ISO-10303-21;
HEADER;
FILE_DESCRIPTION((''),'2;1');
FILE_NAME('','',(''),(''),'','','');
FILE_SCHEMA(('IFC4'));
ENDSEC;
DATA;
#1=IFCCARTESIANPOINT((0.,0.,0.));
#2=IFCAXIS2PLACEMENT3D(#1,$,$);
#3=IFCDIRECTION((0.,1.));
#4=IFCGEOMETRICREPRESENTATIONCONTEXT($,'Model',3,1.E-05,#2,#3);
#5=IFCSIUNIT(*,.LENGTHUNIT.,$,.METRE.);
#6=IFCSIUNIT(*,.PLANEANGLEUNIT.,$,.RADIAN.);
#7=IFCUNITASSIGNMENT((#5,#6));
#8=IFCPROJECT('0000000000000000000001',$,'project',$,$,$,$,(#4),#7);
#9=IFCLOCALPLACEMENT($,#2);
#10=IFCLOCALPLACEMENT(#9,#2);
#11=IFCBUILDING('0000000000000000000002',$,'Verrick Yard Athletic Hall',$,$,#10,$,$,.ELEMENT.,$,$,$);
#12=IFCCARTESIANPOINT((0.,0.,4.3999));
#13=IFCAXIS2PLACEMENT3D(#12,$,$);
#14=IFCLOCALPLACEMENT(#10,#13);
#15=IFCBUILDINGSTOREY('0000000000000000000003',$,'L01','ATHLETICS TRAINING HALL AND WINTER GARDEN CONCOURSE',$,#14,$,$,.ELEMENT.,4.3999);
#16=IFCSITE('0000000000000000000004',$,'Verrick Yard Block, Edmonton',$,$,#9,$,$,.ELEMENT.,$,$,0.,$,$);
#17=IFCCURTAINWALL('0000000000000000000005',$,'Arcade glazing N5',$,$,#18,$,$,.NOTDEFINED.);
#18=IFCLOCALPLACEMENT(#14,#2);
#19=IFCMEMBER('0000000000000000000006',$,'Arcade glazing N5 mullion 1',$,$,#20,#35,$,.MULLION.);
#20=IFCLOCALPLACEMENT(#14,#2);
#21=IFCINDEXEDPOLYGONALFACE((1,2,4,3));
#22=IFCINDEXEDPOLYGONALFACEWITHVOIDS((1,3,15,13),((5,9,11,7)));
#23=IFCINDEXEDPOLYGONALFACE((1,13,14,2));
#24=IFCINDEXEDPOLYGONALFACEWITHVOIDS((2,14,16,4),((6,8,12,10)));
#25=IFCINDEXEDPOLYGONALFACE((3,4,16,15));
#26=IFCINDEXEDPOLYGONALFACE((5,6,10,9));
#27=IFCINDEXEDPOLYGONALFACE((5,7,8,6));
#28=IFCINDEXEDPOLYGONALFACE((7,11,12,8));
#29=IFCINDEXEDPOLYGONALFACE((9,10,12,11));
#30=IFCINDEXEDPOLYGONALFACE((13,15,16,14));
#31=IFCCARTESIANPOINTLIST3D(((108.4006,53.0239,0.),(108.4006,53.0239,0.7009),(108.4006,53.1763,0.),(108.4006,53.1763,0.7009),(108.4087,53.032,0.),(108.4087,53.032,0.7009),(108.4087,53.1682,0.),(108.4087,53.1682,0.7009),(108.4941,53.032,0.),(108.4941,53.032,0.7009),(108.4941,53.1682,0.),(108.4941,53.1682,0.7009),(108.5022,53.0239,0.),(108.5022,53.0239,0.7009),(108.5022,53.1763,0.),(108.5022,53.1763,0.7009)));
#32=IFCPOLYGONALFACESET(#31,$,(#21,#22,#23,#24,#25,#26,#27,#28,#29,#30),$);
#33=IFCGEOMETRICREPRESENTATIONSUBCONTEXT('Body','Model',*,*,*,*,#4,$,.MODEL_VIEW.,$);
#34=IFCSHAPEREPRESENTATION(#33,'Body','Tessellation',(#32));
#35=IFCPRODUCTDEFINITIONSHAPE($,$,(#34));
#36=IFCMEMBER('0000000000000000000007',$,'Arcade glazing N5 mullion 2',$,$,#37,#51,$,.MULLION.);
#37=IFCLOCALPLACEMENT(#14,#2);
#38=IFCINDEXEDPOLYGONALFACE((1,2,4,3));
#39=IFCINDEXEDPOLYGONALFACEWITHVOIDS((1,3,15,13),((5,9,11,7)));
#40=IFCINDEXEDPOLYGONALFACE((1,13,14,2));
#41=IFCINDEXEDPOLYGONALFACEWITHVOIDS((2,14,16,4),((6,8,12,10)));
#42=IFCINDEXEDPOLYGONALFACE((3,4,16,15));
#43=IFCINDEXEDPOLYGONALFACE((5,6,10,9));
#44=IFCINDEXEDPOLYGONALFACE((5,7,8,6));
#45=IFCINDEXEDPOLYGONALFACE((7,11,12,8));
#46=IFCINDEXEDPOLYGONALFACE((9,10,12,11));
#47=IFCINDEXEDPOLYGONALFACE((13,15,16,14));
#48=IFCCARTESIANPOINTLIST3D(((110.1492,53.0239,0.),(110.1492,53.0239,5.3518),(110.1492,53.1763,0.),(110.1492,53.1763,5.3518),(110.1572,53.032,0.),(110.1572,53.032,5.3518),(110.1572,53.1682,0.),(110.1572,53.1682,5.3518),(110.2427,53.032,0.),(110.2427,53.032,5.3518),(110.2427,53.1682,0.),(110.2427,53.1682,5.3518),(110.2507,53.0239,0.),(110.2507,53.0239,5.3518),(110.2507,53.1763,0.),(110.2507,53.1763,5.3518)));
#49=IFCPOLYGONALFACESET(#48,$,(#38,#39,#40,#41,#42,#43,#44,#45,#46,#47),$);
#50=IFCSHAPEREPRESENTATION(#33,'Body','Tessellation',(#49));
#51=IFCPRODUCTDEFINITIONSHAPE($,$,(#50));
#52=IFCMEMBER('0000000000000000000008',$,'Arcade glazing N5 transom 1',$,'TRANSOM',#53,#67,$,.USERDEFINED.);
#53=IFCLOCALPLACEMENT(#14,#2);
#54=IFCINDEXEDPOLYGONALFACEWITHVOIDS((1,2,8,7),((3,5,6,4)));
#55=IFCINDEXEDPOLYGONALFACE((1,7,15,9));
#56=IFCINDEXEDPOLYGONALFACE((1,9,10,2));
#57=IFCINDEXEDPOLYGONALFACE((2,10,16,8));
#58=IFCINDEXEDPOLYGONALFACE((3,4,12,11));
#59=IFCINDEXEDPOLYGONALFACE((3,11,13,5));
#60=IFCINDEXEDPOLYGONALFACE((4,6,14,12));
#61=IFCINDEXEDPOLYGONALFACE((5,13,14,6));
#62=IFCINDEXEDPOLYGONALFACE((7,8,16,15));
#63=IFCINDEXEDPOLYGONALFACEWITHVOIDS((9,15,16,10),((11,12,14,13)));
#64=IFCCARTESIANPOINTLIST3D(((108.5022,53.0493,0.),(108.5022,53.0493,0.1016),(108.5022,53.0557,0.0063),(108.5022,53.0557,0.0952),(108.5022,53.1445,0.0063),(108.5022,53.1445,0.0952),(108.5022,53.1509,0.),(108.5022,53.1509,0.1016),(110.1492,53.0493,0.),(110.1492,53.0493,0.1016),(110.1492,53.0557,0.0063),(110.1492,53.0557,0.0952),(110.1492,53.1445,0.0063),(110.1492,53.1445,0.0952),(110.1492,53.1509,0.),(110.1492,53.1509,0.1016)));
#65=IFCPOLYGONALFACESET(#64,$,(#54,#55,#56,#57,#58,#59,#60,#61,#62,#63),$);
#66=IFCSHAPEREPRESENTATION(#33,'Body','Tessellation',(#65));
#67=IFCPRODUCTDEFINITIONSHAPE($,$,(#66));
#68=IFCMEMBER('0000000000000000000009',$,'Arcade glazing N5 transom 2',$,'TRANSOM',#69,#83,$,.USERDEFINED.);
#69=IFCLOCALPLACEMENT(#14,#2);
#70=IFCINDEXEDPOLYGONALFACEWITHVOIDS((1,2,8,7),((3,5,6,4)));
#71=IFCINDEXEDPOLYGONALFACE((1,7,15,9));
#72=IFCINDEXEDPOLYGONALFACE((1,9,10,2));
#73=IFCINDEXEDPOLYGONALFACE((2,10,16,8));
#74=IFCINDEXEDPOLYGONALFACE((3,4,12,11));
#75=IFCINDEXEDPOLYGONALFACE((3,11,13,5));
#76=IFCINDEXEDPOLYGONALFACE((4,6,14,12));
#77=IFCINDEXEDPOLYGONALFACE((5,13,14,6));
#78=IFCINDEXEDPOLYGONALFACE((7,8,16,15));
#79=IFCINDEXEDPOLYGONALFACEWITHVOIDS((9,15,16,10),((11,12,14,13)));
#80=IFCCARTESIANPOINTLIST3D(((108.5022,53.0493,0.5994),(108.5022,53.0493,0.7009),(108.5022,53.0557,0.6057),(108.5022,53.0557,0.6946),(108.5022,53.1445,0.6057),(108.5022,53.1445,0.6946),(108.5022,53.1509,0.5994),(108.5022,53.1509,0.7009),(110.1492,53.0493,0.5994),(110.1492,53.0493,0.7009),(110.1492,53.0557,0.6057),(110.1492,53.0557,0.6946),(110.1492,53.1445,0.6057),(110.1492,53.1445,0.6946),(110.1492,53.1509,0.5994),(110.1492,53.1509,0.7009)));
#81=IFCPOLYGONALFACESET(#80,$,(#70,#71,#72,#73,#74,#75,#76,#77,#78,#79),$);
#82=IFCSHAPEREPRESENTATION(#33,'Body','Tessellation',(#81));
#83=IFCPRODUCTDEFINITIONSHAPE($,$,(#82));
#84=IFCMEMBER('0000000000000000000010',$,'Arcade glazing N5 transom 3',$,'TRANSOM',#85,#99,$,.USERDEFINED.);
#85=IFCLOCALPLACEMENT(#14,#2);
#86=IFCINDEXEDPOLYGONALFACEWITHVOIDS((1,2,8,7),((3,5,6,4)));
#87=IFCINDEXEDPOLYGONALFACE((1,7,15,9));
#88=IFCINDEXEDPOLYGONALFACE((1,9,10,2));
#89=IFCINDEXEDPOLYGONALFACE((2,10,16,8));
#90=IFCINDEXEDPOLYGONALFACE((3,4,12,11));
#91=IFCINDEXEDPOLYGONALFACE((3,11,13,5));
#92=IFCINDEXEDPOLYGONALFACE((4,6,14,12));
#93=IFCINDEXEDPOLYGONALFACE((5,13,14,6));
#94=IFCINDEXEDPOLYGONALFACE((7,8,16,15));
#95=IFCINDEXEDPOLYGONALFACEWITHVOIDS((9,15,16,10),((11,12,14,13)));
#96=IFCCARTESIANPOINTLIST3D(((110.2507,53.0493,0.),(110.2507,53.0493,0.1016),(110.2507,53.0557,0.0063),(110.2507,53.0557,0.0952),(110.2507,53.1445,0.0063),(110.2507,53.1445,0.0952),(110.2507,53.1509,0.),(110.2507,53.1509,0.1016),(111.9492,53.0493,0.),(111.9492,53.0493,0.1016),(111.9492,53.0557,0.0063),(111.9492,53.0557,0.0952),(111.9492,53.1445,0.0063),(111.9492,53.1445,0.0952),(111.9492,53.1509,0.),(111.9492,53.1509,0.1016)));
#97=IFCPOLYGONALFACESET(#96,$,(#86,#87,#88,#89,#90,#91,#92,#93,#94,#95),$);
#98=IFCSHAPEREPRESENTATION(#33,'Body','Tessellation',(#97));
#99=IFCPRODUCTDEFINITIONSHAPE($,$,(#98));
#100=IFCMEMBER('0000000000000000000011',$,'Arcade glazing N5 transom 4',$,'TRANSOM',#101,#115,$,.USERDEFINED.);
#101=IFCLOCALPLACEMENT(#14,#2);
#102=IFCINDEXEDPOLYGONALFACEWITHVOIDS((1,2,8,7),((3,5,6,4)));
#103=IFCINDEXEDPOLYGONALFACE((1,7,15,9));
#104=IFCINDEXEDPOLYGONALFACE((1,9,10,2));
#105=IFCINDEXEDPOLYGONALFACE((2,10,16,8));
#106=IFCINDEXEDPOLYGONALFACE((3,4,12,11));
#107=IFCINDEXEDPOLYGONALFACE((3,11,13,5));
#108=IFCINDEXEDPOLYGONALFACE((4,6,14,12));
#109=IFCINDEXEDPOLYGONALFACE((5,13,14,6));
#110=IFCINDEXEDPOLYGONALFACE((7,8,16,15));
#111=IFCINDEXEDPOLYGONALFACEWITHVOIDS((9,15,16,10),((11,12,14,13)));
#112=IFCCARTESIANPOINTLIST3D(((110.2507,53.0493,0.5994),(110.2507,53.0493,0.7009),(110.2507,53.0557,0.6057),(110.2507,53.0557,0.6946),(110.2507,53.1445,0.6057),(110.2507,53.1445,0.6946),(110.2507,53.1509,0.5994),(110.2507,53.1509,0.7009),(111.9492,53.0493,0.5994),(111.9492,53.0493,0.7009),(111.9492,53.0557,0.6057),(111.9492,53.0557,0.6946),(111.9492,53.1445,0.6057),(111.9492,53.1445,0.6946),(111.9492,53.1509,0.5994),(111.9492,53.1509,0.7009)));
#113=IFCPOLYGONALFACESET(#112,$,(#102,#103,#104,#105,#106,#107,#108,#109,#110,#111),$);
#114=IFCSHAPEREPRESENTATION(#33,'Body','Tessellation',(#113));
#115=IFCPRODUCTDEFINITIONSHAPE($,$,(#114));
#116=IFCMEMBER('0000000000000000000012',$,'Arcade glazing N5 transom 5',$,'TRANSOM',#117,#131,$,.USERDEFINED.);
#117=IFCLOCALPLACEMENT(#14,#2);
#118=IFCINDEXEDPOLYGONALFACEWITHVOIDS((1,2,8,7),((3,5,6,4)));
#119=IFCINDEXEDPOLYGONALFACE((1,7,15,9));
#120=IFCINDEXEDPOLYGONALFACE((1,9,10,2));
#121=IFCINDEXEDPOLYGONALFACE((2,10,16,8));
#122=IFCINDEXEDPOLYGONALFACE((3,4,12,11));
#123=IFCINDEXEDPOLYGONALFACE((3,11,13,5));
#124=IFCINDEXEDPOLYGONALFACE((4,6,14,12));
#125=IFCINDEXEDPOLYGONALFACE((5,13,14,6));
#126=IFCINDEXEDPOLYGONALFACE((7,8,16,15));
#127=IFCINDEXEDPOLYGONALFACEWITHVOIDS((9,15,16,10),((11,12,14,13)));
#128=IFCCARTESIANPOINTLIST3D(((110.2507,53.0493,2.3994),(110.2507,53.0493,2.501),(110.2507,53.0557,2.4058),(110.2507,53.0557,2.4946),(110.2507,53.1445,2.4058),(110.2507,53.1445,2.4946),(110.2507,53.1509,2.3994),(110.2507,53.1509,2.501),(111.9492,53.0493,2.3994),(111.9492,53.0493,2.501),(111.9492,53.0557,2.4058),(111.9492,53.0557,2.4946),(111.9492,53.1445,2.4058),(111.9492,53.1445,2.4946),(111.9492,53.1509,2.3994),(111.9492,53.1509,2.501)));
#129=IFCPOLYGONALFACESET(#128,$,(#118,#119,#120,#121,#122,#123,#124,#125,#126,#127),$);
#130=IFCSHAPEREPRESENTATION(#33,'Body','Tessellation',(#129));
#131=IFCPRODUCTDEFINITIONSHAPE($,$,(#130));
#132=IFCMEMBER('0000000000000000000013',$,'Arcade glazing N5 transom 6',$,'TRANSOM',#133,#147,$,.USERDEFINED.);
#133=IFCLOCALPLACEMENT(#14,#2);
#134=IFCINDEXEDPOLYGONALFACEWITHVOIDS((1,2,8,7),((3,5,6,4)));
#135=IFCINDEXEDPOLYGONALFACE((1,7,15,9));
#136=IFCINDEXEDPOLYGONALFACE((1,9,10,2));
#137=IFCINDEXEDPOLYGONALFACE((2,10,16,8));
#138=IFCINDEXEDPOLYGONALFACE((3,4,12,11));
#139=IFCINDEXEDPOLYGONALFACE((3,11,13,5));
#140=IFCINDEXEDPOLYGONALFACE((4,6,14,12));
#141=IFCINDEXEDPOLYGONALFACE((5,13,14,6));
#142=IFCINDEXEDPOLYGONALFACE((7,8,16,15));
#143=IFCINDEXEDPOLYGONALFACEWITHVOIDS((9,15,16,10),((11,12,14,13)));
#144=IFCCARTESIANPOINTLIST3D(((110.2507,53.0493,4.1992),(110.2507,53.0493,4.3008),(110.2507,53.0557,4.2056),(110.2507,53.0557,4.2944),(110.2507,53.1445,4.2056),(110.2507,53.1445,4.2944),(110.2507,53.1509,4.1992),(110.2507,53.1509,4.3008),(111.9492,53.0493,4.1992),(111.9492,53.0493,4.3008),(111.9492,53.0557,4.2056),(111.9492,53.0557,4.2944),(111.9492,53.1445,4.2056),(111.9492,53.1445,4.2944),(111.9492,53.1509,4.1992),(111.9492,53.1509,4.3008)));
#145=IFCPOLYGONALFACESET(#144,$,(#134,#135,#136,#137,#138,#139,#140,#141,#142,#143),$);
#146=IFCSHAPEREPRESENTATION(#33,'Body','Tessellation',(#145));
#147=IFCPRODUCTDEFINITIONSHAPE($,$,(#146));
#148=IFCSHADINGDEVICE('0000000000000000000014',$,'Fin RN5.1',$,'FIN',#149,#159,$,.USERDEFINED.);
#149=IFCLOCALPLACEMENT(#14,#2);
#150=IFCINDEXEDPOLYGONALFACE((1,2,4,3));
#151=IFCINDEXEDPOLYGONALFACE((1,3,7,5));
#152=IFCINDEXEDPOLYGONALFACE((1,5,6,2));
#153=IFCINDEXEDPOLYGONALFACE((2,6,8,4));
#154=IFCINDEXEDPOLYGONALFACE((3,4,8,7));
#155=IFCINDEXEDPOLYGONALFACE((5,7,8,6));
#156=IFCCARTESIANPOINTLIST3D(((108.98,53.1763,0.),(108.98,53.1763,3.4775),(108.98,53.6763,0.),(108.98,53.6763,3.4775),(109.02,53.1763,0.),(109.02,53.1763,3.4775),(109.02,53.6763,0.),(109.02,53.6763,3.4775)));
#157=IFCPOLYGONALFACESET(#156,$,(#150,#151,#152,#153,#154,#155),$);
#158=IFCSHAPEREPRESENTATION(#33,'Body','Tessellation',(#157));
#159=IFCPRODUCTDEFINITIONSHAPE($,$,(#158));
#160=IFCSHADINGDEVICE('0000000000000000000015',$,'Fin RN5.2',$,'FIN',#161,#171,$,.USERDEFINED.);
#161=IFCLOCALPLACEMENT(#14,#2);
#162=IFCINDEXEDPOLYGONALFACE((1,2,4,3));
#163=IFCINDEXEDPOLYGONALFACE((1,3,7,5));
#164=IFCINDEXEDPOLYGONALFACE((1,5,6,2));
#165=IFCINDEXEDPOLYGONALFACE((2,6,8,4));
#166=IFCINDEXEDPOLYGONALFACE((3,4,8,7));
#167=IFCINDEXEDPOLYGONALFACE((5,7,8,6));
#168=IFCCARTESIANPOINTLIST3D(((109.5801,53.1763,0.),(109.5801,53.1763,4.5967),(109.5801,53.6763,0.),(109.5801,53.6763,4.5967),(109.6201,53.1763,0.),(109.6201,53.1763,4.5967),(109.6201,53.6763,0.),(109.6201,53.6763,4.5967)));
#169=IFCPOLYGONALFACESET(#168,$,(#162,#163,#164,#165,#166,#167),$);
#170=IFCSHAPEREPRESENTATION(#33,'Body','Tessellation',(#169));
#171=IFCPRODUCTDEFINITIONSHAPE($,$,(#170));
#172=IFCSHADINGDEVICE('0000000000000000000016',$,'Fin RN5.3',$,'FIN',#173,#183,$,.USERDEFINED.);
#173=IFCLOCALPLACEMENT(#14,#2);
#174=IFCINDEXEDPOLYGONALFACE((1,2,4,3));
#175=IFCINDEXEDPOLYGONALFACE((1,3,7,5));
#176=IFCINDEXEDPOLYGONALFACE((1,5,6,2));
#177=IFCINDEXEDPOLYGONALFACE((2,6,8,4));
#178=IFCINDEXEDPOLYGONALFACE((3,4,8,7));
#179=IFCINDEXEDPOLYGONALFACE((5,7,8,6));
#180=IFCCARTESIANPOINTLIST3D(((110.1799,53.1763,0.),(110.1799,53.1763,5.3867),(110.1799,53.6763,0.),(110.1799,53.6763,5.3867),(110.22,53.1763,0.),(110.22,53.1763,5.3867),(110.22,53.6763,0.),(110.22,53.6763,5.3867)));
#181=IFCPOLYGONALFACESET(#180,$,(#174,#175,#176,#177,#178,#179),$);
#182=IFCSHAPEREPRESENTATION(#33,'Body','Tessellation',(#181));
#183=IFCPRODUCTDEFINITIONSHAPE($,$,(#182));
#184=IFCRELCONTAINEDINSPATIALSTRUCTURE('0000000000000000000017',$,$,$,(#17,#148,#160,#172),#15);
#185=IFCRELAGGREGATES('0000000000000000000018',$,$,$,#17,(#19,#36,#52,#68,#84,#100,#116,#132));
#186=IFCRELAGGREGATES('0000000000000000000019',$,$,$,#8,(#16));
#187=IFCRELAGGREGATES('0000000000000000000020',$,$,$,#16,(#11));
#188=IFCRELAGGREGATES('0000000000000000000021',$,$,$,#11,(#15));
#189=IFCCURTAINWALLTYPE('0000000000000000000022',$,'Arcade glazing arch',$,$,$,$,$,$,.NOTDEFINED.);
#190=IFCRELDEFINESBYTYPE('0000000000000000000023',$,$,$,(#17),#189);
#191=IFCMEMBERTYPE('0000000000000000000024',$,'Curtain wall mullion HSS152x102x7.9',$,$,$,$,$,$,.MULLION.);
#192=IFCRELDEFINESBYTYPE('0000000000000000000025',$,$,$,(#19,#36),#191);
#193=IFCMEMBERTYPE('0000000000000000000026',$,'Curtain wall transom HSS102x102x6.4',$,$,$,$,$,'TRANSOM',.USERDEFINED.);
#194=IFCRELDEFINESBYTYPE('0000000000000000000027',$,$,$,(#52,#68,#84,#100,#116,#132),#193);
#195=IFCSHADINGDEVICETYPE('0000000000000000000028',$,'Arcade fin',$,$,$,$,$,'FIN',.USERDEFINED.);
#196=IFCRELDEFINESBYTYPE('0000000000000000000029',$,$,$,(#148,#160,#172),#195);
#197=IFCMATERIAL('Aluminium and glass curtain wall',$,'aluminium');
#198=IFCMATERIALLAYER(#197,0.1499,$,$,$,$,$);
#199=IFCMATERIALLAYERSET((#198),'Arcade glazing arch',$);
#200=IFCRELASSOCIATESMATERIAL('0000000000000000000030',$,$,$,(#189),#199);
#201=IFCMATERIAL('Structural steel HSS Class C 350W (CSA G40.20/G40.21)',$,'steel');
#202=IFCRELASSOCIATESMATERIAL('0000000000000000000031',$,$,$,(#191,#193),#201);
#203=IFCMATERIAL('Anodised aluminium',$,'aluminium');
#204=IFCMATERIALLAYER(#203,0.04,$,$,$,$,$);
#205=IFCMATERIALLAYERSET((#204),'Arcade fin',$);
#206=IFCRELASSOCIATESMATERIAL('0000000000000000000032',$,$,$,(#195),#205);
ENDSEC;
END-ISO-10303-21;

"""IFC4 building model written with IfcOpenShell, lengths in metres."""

from ifc_helpers import new_model, si_unit, direction, frame, origin, origin_2d, place, context, subcontext, project, spatial, polyline, hollow_rectangle, outline, extrude, material, layer, layer_set, material_profile, profile_set, type_object, element, aggregate, save


model = new_model("IFC4")

# Units and contexts
model_context = context("Model", 3, precision=1e-05, world=origin(), true_north=direction((0.0, 1.0)))
body_context = subcontext(model_context, "Body", "Model", "MODEL_VIEW")
ifc_project = project(units=[si_unit("LENGTHUNIT", "METRE"), si_unit("PLANEANGLEUNIT", "RADIAN")], contexts=[model_context])

# Site, building, storey
site_placement = place(None, origin())
site = spatial("IfcSite", under=ifc_project, at=site_placement, Name="Verrick Yard Block, Edmonton", CompositionType="ELEMENT", RefElevation=0.0)
building_placement = place(site_placement, origin())
building = spatial("IfcBuilding", under=site, at=building_placement, Name="Verrick Yard Athletic Hall", CompositionType="ELEMENT")
storey_placement = place(building_placement, frame((0.0, 0.0, 4.3999)))
storey = spatial("IfcBuildingStorey", under=building, at=storey_placement, Name="L01", Description="ATHLETICS TRAINING HALL AND WINTER GARDEN CONCOURSE", CompositionType="ELEMENT", Elevation=4.3999)

# Curtain wall, members
ifc_material_1 = material(Name="Aluminium and glass curtain wall", Category="aluminium")
ifc_layer_1 = layer(ifc_material_1, 0.1499)
ifc_layer_set_1 = layer_set([ifc_layer_1], Name="Arcade glazing arch")
curtain_wall_type = type_object("IfcCurtainWallType", Name="Arcade glazing arch", PredefinedType="NOTDEFINED", material=ifc_layer_set_1)
curtain_wall_placement = place(storey_placement, origin())
curtain_wall = element("IfcCurtainWall", 1, at=curtain_wall_placement, inside=storey, type_object=curtain_wall_type, Name="Arcade glazing N5", PredefinedType="NOTDEFINED")
ifc_material_2 = material(Name="Structural steel HSS Class C 350W (CSA G40.20/G40.21)", Category="steel")
ifc_material_profile_1 = material_profile(ifc_material_2, hollow_rectangle(XDim=0.1016, YDim=0.1523, WallThickness=0.0081, at=origin_2d()), Name="HSS152x102x7.9")
ifc_profile_set_1 = profile_set([ifc_material_profile_1], Name="Structural steel HSS Class C 350W (CSA G40.20/G40.21)")
member_type_1 = type_object("IfcMemberType", Name="Curtain wall mullion HSS152x102x7.9", PredefinedType="MULLION", material=ifc_profile_set_1)
member_1_placement = place(storey_placement, frame((108.4514, 53.1001, 0.0), z_axis=(0.0, 0.0, 1.0), x_axis=(1.0, 0.0, 0.0)))
member_1 = element("IfcMember", 2, at=member_1_placement, type_object=member_type_1, Name="Arcade glazing N5 mullion 1", PredefinedType="MULLION", context=body_context, shape_type="SweptSolid", body=[
    extrude(hollow_rectangle(XDim=0.1016, YDim=0.1523, WallThickness=0.0081, at=origin_2d()), origin(), (0.0, 0.0, 1.0), 0.7009),
])
member_2_placement = place(storey_placement, frame((110.2, 53.1001, 0.0), z_axis=(0.0, 0.0, 1.0), x_axis=(1.0, 0.0, 0.0)))
member_2 = element("IfcMember", 3, at=member_2_placement, type_object=member_type_1, Name="Arcade glazing N5 mullion 2", PredefinedType="MULLION", context=body_context, shape_type="SweptSolid", body=[
    extrude(hollow_rectangle(XDim=0.1016, YDim=0.1523, WallThickness=0.0081, at=origin_2d()), origin(), (0.0, 0.0, 1.0), 5.3518),
])
ifc_material_profile_2 = material_profile(ifc_material_2, hollow_rectangle(XDim=0.1016, YDim=0.1016, WallThickness=0.0063, at=origin_2d()), Name="HSS102x102x6.4")
ifc_profile_set_2 = profile_set([ifc_material_profile_2], Name="Structural steel HSS Class C 350W (CSA G40.20/G40.21)")
member_type_2 = type_object("IfcMemberType", Name="Curtain wall transom HSS102x102x6.4", ElementType="TRANSOM", PredefinedType="USERDEFINED", material=ifc_profile_set_2)
member_3_placement = place(storey_placement, frame((108.5022, 53.1001, 0.0508), z_axis=(1.0, 0.0, 0.0), x_axis=(0.0, 1.0, 0.0)))
member_3 = element("IfcMember", 4, at=member_3_placement, type_object=member_type_2, Name="Arcade glazing N5 transom 1", ObjectType="TRANSOM", PredefinedType="USERDEFINED", context=body_context, shape_type="SweptSolid", body=[
    extrude(hollow_rectangle(XDim=0.1016, YDim=0.1016, WallThickness=0.0063, at=origin_2d()), origin(), (0.0, 0.0, 1.0), 1.647),
])
member_4_placement = place(storey_placement, frame((108.5022, 53.1001, 0.6501), z_axis=(1.0, 0.0, 0.0), x_axis=(0.0, 1.0, 0.0)))
member_4 = element("IfcMember", 5, at=member_4_placement, type_object=member_type_2, Name="Arcade glazing N5 transom 2", ObjectType="TRANSOM", PredefinedType="USERDEFINED", context=body_context, shape_type="SweptSolid", body=[
    extrude(hollow_rectangle(XDim=0.1016, YDim=0.1016, WallThickness=0.0063, at=origin_2d()), origin(), (0.0, 0.0, 1.0), 1.647),
])
member_5_placement = place(storey_placement, frame((110.2507, 53.1001, 0.0508), z_axis=(1.0, 0.0, 0.0), x_axis=(0.0, 1.0, 0.0)))
member_5 = element("IfcMember", 6, at=member_5_placement, type_object=member_type_2, Name="Arcade glazing N5 transom 3", ObjectType="TRANSOM", PredefinedType="USERDEFINED", context=body_context, shape_type="SweptSolid", body=[
    extrude(hollow_rectangle(XDim=0.1016, YDim=0.1016, WallThickness=0.0063, at=origin_2d()), origin(), (0.0, 0.0, 1.0), 1.6985),
])
member_6_placement = place(storey_placement, frame((110.2507, 53.1001, 0.6501), z_axis=(1.0, 0.0, 0.0), x_axis=(0.0, 1.0, 0.0)))
member_6 = element("IfcMember", 7, at=member_6_placement, type_object=member_type_2, Name="Arcade glazing N5 transom 4", ObjectType="TRANSOM", PredefinedType="USERDEFINED", context=body_context, shape_type="SweptSolid", body=[
    extrude(hollow_rectangle(XDim=0.1016, YDim=0.1016, WallThickness=0.0063, at=origin_2d()), origin(), (0.0, 0.0, 1.0), 1.6985),
])
member_7_placement = place(storey_placement, frame((110.2507, 53.1001, 2.4502), z_axis=(1.0, 0.0, 0.0), x_axis=(0.0, 1.0, 0.0)))
member_7 = element("IfcMember", 8, at=member_7_placement, type_object=member_type_2, Name="Arcade glazing N5 transom 5", ObjectType="TRANSOM", PredefinedType="USERDEFINED", context=body_context, shape_type="SweptSolid", body=[
    extrude(hollow_rectangle(XDim=0.1016, YDim=0.1016, WallThickness=0.0063, at=origin_2d()), origin(), (0.0, 0.0, 1.0), 1.6985),
])
member_8_placement = place(storey_placement, frame((110.2507, 53.1001, 4.25), z_axis=(1.0, 0.0, 0.0), x_axis=(0.0, 1.0, 0.0)))
member_8 = element("IfcMember", 9, at=member_8_placement, type_object=member_type_2, Name="Arcade glazing N5 transom 6", ObjectType="TRANSOM", PredefinedType="USERDEFINED", context=body_context, shape_type="SweptSolid", body=[
    extrude(hollow_rectangle(XDim=0.1016, YDim=0.1016, WallThickness=0.0063, at=origin_2d()), origin(), (0.0, 0.0, 1.0), 1.6985),
])
aggregate(curtain_wall, [member_1, member_2, member_3, member_4, member_5, member_6, member_7, member_8])

# Shading devices
ifc_material_3 = material(Name="Anodised aluminium", Category="aluminium")
ifc_layer_2 = layer(ifc_material_3, 0.04)
ifc_layer_set_2 = layer_set([ifc_layer_2], Name="Arcade fin")
shading_device_type = type_object("IfcShadingDeviceType", Name="Arcade fin", ElementType="FIN", PredefinedType="USERDEFINED", material=ifc_layer_set_2)
shading_device_1_placement = place(storey_placement, frame((109.0, 53.1763, 0.0), z_axis=(0.0, 0.0, 1.0), x_axis=(0.0, 1.0, 0.0)))
element("IfcShadingDevice", 10, at=shading_device_1_placement, inside=storey, type_object=shading_device_type, Name="Fin RN5.1", ObjectType="FIN", PredefinedType="USERDEFINED", context=body_context, shape_type="SweptSolid", body=[
    extrude(outline(polyline([(0.0, 0.0), (0.5, 0.0), (0.5, 3.4775), (0.0, 3.4775), (0.0, 0.0)])), frame((0.0, 0.02, 0.0), z_axis=(0.0, -1.0, 0.0), x_axis=(1.0, 0.0, 0.0)), (0.0, 0.0, 1.0), 0.04),
])
shading_device_2_placement = place(storey_placement, frame((109.6001, 53.1763, 0.0), z_axis=(0.0, 0.0, 1.0), x_axis=(0.0, 1.0, 0.0)))
element("IfcShadingDevice", 11, at=shading_device_2_placement, inside=storey, type_object=shading_device_type, Name="Fin RN5.2", ObjectType="FIN", PredefinedType="USERDEFINED", context=body_context, shape_type="SweptSolid", body=[
    extrude(outline(polyline([(0.0, 0.0), (0.5, 0.0), (0.5, 4.5967), (0.0, 4.5967), (0.0, 0.0)])), frame((0.0, 0.02, 0.0), z_axis=(0.0, -1.0, 0.0), x_axis=(1.0, 0.0, 0.0)), (0.0, 0.0, 1.0), 0.04),
])
shading_device_3_placement = place(storey_placement, frame((110.2, 53.1763, 0.0), z_axis=(0.0, 0.0, 1.0), x_axis=(0.0, 1.0, 0.0)))
element("IfcShadingDevice", 12, at=shading_device_3_placement, inside=storey, type_object=shading_device_type, Name="Fin RN5.3", ObjectType="FIN", PredefinedType="USERDEFINED", context=body_context, shape_type="SweptSolid", body=[
    extrude(outline(polyline([(0.0, 0.0), (0.5, 0.0), (0.5, 5.3867), (0.0, 5.3867), (0.0, 0.0)])), frame((0.0, 0.02, 0.0), z_axis=(0.0, -1.0, 0.0), x_axis=(1.0, 0.0, 0.0)), (0.0, 0.0, 1.0), 0.04),
])

save(model, "model.ifc")
